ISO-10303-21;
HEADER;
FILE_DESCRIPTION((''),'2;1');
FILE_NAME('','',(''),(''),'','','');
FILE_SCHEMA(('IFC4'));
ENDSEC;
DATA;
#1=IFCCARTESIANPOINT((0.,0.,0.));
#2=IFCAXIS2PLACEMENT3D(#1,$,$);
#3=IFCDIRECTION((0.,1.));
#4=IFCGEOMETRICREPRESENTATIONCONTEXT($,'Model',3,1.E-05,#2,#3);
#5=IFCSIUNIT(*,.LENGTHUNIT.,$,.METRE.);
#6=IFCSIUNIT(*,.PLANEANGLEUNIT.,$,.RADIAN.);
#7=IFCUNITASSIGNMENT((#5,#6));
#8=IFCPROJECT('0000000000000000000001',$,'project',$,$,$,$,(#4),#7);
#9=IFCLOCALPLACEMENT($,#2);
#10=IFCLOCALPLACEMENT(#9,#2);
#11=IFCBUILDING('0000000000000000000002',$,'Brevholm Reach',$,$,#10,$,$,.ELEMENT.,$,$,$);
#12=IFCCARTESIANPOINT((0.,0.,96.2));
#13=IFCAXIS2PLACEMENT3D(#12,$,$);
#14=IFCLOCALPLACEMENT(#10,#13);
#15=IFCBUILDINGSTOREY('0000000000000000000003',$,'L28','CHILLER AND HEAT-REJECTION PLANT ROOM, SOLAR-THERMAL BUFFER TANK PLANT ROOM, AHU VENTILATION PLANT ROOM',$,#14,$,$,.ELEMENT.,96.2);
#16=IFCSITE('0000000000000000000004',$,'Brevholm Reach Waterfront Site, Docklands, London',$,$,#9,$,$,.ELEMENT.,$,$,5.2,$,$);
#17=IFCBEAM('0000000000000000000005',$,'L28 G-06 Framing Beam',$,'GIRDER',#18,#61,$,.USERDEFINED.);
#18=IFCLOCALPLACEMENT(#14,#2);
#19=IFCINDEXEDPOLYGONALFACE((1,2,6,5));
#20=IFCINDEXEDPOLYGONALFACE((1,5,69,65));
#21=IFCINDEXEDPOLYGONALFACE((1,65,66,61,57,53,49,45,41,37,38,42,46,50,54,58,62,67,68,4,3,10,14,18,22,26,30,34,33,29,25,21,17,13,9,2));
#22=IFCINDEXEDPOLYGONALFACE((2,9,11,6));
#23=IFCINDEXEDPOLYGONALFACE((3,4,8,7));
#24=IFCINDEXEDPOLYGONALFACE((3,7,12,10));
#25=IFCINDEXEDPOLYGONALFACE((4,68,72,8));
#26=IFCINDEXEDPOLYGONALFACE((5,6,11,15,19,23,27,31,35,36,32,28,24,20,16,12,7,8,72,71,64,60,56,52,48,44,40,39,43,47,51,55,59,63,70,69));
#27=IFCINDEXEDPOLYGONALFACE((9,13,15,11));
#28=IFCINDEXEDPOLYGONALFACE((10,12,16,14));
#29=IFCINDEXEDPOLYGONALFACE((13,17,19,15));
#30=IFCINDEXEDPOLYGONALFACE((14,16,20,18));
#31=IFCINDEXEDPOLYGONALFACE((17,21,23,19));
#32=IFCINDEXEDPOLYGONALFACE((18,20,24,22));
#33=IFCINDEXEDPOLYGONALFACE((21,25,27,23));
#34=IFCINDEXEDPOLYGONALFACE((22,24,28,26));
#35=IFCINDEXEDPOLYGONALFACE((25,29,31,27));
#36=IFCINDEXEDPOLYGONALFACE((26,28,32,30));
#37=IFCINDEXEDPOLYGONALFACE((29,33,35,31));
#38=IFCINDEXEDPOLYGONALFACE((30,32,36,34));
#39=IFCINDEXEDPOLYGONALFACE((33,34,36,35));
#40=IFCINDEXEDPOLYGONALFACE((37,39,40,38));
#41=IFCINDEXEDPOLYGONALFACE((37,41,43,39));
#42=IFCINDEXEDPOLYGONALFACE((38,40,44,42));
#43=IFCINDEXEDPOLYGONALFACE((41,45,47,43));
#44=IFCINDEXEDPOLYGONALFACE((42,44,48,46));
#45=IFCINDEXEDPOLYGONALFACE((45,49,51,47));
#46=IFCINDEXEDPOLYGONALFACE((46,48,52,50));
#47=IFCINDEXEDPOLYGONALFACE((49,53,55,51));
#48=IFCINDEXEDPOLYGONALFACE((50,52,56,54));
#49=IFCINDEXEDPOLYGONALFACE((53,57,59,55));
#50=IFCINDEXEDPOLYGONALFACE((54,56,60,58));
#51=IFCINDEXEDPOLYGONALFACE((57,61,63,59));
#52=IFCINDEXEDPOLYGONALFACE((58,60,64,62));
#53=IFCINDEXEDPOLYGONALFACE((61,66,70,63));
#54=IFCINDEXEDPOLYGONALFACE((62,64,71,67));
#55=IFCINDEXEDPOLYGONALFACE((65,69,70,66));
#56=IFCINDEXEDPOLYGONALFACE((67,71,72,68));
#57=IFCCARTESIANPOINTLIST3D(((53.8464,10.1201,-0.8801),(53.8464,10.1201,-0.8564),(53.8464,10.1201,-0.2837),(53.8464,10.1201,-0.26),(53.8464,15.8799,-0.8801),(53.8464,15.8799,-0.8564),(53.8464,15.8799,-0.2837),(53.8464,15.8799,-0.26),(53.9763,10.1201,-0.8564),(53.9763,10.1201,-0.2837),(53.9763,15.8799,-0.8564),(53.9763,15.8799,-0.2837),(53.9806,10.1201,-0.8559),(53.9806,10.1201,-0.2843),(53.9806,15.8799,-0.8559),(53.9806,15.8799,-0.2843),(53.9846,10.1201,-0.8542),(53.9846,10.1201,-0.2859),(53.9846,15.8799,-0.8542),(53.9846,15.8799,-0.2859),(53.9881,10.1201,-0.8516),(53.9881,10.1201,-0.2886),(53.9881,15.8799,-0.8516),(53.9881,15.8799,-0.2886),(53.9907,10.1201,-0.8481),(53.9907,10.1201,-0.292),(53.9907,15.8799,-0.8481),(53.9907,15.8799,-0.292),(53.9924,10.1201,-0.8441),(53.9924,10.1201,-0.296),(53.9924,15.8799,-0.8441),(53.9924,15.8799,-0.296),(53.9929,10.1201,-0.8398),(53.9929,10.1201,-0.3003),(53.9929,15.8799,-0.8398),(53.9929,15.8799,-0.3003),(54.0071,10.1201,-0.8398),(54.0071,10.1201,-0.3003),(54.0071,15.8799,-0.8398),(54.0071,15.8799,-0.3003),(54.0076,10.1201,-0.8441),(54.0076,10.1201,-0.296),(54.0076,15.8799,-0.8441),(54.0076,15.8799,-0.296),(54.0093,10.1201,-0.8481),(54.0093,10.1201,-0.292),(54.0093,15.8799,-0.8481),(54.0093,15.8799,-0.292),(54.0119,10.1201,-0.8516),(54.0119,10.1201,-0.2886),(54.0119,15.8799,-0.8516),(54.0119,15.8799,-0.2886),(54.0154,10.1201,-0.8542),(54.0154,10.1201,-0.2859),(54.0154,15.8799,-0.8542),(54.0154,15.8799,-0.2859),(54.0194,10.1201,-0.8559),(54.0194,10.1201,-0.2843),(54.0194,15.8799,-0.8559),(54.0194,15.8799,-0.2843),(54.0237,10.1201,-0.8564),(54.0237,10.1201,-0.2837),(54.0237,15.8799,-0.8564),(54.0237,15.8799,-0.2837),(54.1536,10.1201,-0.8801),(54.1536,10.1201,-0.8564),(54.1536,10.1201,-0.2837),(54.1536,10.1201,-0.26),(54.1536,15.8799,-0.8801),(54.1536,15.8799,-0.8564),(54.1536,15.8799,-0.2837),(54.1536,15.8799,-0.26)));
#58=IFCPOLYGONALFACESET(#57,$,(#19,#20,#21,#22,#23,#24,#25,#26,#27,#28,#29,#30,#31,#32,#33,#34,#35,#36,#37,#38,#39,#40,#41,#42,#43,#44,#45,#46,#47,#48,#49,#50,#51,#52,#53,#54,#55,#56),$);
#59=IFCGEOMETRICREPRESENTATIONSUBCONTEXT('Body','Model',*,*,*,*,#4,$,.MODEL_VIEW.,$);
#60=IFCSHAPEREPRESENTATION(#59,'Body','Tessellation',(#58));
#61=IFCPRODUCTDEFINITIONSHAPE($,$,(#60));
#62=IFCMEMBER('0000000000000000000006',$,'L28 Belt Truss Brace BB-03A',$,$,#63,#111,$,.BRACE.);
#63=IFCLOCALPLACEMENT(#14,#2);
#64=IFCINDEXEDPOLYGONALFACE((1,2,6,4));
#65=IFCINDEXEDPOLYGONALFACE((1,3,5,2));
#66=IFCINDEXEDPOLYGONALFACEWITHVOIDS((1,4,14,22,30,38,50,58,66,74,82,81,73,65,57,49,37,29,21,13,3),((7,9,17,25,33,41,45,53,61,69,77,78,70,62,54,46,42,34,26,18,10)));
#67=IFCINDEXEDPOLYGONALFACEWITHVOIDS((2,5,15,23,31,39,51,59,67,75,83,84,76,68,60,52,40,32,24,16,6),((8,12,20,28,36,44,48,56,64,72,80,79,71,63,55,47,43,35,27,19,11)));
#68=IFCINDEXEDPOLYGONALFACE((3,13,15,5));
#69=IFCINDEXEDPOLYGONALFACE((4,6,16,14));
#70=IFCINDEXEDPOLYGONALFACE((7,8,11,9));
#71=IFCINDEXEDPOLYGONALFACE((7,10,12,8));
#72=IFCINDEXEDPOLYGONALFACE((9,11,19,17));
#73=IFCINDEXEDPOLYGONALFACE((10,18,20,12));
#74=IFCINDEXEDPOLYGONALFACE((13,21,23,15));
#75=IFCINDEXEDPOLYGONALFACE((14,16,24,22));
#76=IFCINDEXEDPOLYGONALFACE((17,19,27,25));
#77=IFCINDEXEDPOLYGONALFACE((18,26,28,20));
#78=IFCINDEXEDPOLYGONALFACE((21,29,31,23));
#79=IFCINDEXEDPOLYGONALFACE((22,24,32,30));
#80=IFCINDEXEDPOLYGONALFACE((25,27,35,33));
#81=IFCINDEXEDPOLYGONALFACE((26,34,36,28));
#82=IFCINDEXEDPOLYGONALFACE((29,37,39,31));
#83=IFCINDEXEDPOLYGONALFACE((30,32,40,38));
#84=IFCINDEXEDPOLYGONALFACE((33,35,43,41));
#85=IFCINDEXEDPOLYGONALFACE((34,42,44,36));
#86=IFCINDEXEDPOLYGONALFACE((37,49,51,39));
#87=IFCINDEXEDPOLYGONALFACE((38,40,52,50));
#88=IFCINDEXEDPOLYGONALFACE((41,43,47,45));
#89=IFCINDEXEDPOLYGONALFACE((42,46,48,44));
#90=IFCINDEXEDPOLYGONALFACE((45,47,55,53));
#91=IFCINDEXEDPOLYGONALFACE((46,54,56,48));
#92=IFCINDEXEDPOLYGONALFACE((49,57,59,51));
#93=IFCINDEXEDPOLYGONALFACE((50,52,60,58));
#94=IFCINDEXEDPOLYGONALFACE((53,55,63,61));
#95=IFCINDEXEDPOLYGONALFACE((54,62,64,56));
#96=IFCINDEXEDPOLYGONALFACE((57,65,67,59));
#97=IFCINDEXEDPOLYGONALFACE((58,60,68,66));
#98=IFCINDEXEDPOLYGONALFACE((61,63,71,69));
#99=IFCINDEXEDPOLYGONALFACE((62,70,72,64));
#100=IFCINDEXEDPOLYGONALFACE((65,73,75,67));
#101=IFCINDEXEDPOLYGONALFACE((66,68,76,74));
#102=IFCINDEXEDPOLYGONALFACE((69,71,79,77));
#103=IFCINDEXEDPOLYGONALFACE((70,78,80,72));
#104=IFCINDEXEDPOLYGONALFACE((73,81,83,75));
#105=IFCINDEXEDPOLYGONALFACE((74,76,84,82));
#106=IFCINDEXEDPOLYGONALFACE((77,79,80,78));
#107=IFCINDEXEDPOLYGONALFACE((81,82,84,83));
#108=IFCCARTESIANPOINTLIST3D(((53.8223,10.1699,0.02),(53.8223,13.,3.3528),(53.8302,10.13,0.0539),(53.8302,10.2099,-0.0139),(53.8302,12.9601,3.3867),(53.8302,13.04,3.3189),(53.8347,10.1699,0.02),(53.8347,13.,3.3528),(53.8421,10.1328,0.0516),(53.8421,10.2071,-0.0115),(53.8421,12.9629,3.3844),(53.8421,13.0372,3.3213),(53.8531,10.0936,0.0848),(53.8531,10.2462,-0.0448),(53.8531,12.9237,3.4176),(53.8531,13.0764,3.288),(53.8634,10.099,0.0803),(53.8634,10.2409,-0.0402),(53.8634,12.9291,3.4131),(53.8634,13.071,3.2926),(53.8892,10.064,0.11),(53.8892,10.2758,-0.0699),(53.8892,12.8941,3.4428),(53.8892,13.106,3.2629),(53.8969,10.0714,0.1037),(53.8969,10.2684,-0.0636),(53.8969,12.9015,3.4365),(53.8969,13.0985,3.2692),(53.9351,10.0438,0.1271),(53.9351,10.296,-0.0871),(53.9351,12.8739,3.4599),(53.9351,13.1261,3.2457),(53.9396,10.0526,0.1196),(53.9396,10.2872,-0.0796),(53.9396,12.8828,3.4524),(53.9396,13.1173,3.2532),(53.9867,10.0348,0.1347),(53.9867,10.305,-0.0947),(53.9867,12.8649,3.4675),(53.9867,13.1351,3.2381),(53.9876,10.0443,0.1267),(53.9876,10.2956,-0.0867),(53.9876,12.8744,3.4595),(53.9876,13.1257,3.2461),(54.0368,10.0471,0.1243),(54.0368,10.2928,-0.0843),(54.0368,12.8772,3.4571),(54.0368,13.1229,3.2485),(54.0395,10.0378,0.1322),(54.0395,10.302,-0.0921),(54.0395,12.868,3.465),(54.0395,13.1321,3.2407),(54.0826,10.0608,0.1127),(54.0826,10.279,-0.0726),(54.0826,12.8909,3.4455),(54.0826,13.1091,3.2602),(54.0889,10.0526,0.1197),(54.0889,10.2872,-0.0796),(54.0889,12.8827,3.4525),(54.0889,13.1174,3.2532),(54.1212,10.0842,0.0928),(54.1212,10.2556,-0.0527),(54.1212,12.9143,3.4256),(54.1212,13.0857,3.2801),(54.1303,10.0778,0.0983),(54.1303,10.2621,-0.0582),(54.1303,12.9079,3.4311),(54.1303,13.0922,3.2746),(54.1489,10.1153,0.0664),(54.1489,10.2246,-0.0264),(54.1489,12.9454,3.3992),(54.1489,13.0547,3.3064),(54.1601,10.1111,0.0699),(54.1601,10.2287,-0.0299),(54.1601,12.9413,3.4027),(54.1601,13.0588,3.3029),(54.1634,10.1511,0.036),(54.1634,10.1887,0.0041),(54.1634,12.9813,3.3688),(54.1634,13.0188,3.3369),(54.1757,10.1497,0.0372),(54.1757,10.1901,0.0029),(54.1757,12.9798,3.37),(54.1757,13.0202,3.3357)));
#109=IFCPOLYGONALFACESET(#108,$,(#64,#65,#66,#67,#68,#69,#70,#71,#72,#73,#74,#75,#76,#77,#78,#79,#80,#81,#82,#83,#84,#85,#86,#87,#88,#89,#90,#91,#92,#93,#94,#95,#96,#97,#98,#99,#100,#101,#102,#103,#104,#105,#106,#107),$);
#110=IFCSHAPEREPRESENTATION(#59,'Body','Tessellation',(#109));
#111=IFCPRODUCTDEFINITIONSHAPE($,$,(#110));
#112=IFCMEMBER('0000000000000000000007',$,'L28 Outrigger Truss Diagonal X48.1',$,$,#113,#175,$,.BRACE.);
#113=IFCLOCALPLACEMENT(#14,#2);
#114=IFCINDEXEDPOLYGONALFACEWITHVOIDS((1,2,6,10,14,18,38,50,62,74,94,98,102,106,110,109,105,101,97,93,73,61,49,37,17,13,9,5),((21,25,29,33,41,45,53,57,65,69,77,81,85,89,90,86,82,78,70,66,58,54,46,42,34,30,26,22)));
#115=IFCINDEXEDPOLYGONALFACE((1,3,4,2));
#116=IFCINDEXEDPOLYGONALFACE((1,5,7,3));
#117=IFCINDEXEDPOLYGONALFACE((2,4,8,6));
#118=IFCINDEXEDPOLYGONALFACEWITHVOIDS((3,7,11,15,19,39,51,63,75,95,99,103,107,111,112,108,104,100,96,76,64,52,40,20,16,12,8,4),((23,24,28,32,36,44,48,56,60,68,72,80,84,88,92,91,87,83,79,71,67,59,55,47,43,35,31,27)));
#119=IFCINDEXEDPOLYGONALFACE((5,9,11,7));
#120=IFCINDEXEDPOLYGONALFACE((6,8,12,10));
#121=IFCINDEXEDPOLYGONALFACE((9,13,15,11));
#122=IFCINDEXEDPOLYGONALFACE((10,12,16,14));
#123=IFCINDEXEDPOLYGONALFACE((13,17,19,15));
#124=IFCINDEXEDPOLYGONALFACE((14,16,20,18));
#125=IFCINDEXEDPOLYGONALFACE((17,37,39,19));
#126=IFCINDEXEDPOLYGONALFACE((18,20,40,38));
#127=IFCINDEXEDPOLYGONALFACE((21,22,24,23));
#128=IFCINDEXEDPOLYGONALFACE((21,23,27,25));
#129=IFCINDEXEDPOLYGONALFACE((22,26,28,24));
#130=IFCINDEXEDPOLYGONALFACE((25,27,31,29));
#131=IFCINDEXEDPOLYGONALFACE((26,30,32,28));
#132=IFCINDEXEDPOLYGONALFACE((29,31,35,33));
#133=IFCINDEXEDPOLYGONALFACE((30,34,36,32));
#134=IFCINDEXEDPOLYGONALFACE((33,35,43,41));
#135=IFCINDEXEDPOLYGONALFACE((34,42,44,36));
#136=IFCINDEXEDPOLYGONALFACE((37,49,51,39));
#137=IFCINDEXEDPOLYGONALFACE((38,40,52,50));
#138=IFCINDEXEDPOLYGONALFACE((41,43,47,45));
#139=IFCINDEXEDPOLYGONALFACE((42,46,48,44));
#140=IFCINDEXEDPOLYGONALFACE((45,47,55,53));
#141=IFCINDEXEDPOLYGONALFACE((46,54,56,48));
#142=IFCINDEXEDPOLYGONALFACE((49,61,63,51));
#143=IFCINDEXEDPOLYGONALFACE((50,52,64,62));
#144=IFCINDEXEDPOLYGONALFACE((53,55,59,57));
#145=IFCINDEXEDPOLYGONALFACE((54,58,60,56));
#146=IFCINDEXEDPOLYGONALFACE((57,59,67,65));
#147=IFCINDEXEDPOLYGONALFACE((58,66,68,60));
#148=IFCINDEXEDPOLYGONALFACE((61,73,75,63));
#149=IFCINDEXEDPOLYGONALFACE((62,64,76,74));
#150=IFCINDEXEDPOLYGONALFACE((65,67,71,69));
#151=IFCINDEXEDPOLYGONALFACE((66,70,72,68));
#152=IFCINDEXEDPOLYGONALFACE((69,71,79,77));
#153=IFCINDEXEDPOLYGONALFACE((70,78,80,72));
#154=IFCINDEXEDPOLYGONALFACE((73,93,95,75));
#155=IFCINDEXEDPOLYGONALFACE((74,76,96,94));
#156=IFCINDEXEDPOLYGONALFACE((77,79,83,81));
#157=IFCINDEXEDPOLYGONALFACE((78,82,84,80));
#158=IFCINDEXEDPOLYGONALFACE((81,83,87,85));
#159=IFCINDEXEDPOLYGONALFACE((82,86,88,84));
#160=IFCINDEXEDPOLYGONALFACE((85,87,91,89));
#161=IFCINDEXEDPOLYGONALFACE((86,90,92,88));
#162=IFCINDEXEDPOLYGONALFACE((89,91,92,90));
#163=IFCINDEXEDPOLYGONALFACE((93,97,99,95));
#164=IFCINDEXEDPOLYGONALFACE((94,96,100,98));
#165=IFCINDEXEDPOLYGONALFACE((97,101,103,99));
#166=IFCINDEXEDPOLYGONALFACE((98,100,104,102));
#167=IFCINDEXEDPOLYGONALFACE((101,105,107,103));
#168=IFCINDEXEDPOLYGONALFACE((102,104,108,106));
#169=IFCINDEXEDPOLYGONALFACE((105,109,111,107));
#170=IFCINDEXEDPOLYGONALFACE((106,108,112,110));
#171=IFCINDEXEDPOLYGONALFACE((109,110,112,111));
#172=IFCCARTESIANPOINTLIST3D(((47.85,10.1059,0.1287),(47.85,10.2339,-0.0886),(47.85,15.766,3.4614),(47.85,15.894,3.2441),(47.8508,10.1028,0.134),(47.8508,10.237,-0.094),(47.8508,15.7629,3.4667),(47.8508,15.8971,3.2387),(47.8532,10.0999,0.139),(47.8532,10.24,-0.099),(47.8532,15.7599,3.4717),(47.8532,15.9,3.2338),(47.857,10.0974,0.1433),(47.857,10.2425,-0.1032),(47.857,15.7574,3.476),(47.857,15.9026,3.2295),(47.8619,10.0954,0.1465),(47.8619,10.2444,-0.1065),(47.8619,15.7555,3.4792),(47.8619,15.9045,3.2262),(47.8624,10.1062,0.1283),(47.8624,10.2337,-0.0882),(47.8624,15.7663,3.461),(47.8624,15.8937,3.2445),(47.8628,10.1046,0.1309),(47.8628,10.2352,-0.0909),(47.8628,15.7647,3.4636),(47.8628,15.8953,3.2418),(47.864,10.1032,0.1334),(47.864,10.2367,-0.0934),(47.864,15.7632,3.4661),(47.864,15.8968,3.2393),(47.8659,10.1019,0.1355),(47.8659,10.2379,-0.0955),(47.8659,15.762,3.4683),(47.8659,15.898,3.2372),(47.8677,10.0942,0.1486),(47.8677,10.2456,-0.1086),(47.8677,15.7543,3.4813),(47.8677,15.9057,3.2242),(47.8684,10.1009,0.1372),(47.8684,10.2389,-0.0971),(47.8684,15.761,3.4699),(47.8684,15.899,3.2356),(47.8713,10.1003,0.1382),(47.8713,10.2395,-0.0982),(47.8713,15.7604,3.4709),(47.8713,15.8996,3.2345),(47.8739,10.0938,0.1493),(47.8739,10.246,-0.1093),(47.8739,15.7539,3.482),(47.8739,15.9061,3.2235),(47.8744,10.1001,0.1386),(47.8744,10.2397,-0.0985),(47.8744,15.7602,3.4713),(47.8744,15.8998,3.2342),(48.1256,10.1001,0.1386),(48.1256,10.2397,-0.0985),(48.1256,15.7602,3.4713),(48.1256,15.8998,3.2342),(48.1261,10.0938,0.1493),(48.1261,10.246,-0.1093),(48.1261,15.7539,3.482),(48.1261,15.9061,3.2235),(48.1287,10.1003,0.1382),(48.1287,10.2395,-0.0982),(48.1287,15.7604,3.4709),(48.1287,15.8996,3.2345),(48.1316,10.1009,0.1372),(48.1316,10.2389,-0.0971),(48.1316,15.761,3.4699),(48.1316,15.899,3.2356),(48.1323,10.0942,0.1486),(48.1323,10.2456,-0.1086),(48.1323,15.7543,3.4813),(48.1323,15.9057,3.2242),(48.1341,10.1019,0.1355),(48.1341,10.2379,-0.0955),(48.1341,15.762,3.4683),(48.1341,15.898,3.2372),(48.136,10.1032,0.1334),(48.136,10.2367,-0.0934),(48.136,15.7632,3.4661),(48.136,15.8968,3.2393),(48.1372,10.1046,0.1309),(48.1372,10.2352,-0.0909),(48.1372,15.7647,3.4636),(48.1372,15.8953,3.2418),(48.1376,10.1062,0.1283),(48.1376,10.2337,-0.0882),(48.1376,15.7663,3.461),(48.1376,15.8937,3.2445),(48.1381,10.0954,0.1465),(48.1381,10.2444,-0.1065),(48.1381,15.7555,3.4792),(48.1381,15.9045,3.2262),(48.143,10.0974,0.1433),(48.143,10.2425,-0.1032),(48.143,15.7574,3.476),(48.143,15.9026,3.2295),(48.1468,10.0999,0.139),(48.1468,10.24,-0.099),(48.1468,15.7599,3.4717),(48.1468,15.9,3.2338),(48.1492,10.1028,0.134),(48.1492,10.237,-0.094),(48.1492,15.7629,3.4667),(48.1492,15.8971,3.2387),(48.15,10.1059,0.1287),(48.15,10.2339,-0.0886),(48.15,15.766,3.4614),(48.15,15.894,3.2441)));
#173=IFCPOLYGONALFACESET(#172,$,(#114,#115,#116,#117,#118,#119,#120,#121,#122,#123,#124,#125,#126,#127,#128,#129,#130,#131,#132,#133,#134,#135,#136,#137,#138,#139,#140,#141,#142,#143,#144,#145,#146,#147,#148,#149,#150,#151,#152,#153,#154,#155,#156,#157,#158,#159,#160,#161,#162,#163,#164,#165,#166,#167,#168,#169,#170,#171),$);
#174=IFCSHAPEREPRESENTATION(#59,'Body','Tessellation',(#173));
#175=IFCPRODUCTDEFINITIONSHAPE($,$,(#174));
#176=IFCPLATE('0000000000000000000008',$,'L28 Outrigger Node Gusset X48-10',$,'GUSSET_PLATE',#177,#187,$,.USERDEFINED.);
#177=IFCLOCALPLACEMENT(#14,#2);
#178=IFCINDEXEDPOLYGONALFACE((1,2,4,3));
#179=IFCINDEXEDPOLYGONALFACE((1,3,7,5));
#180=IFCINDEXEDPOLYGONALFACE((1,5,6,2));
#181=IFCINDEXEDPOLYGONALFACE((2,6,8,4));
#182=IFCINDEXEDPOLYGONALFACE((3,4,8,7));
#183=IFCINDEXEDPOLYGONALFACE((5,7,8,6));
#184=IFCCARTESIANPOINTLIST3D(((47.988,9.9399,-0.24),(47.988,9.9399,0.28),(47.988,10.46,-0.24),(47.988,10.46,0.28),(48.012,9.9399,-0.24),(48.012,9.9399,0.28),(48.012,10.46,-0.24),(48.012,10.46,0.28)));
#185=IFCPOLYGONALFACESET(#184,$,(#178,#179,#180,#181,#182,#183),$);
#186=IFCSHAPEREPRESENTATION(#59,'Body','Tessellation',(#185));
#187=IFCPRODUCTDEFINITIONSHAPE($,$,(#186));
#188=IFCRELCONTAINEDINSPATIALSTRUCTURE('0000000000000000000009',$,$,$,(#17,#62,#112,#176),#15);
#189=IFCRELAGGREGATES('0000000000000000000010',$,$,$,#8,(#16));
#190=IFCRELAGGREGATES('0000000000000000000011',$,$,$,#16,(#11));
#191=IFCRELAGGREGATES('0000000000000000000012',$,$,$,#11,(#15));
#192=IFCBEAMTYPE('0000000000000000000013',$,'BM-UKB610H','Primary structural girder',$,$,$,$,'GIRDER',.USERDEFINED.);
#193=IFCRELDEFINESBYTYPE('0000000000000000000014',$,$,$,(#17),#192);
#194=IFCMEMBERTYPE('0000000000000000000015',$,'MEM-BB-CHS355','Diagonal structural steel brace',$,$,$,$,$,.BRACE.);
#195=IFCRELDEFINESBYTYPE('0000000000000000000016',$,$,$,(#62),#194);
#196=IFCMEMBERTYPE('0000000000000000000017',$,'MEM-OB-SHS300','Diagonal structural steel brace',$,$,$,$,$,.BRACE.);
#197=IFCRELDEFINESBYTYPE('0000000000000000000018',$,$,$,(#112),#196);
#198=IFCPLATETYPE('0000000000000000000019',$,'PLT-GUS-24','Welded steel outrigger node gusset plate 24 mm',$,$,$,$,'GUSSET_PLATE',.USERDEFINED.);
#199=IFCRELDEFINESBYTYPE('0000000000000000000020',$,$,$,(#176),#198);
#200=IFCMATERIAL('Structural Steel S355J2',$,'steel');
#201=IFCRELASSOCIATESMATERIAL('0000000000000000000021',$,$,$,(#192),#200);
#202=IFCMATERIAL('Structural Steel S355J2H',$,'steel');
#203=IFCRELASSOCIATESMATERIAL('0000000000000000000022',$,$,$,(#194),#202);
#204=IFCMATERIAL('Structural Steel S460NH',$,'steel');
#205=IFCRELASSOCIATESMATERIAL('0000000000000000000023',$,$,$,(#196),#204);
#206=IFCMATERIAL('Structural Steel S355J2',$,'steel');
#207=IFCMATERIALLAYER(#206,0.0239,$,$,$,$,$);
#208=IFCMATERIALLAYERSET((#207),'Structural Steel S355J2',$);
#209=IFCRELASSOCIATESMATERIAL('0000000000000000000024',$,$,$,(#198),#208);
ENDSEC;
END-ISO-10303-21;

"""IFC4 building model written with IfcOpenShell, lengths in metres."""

from ifc_helpers import new_model, si_unit, direction, frame, origin, origin_2d, place, context, subcontext, project, spatial, rectangle, hollow_rectangle, hollow_circle, i_section, extrude, material, layer, layer_set, material_profile, profile_set, type_object, element, save


model = new_model("IFC4")

# Units and contexts
model_context = context("Model", 3, precision=1e-05, world=origin(), true_north=direction((0.0, 1.0)))
body_context = subcontext(model_context, "Body", "Model", "MODEL_VIEW")
ifc_project = project(units=[si_unit("LENGTHUNIT", "METRE"), si_unit("PLANEANGLEUNIT", "RADIAN")], contexts=[model_context])

# Site, building, storey
site_placement = place(None, origin())
site = spatial("IfcSite", under=ifc_project, at=site_placement, Name="Brevholm Reach Waterfront Site, Docklands, London", CompositionType="ELEMENT", RefElevation=5.2)
building_placement = place(site_placement, origin())
building = spatial("IfcBuilding", under=site, at=building_placement, Name="Brevholm Reach", CompositionType="ELEMENT")
storey_placement = place(building_placement, frame((0.0, 0.0, 96.2)))
storey = spatial("IfcBuildingStorey", under=building, at=storey_placement, Name="L28", Description="CHILLER AND HEAT-REJECTION PLANT ROOM, SOLAR-THERMAL BUFFER TANK PLANT ROOM, AHU VENTILATION PLANT ROOM", CompositionType="ELEMENT", Elevation=96.2)

# Beam
ifc_material_1 = material(Name="Structural Steel S355J2", Category="steel")
ifc_material_profile_1 = material_profile(ifc_material_1, i_section(OverallWidth=0.3071, OverallDepth=0.6201, WebThickness=0.0142, FlangeThickness=0.0237, FilletRadius=0.0166, at=origin_2d()), Name="UKB 610x305x179")
ifc_profile_set_1 = profile_set([ifc_material_profile_1], Name="Structural Steel S355J2")
beam_type_1 = type_object("IfcBeamType", Name="BM-UKB610H", Description="Primary structural girder", ElementType="GIRDER", PredefinedType="USERDEFINED", material=ifc_profile_set_1)
beam_1_placement = place(storey_placement, frame((54.0, 10.1201, -0.5701), z_axis=(0.0, 1.0, 0.0), x_axis=(-1.0, 0.0, 0.0)))
element("IfcBeam", 1, at=beam_1_placement, inside=storey, type_object=beam_type_1, Name="L28 G-06 Framing Beam", ObjectType="GIRDER", PredefinedType="USERDEFINED", context=body_context, shape_type="SweptSolid", body=[
    extrude(i_section(OverallWidth=0.3071, OverallDepth=0.6201, WebThickness=0.0142, FlangeThickness=0.0237, FilletRadius=0.0166, at=origin_2d()), origin(), (0.0, 0.0, 1.0), 5.7598),
])

# Members
ifc_material_2 = material(Name="Structural Steel S355J2H", Category="steel")
ifc_material_profile_2 = material_profile(ifc_material_2, hollow_circle(Radius=0.1777, WallThickness=0.0125, at=origin_2d()), Name="CHS 355.6x12.5")
ifc_profile_set_2 = profile_set([ifc_material_profile_2], Name="Structural Steel S355J2H")
member_type_1 = type_object("IfcMemberType", Name="MEM-BB-CHS355", Description="Diagonal structural steel brace", PredefinedType="BRACE", material=ifc_profile_set_2)
member_1_placement = place(storey_placement, frame((54.0, 10.1699, 0.02), z_axis=(0.0, 0.64728, 0.762252), x_axis=(-1.0, 0.0, 0.0)))
element("IfcMember", 2, at=member_1_placement, inside=storey, type_object=member_type_1, Name="L28 Belt Truss Brace BB-03A", PredefinedType="BRACE", context=body_context, shape_type="SweptSolid", body=[
    extrude(hollow_circle(Radius=0.1777, WallThickness=0.0125, at=origin_2d()), origin(), (0.0, 0.0, 1.0), 4.3723),
])
ifc_material_3 = material(Name="Structural Steel S460NH", Category="steel")
ifc_material_profile_3 = material_profile(ifc_material_3, hollow_rectangle(XDim=0.3, YDim=0.3, WallThickness=0.0125, InnerFilletRadius=0.012, OuterFilletRadius=0.0239, at=origin_2d()), Name="SHS 300x300x12.5")
ifc_profile_set_3 = profile_set([ifc_material_profile_3], Name="Structural Steel S460NH")
member_type_2 = type_object("IfcMemberType", Name="MEM-OB-SHS300", Description="Diagonal structural steel brace", PredefinedType="BRACE", material=ifc_profile_set_3)
member_2_placement = place(storey_placement, frame((48.0, 10.1699, 0.02), z_axis=(0.0, 0.861717, 0.507389), x_axis=(-1.0, 0.0, 0.0)))
element("IfcMember", 3, at=member_2_placement, inside=storey, type_object=member_type_2, Name="L28 Outrigger Truss Diagonal X48.1", PredefinedType="BRACE", context=body_context, shape_type="SweptSolid", body=[
    extrude(hollow_rectangle(XDim=0.3, YDim=0.3, WallThickness=0.0125, InnerFilletRadius=0.012, OuterFilletRadius=0.0239, at=origin_2d()), origin(), (0.0, 0.0, 1.0), 6.5684),
])

# Plate
ifc_material_4 = material(Name="Structural Steel S355J2", Category="steel")
ifc_layer_1 = layer(ifc_material_4, 0.0239)
ifc_layer_set_1 = layer_set([ifc_layer_1], Name="Structural Steel S355J2")
plate_type = type_object("IfcPlateType", Name="PLT-GUS-24", Description="Welded steel outrigger node gusset plate 24 mm", ElementType="GUSSET_PLATE", PredefinedType="USERDEFINED", material=ifc_layer_set_1)
plate_placement = place(storey_placement, frame((48.0, 10.2, -0.24), z_axis=(0.0, 0.0, 1.0), x_axis=(1.0, 0.0, 0.0)))
element("IfcPlate", 4, at=plate_placement, inside=storey, type_object=plate_type, Name="L28 Outrigger Node Gusset X48-10", ObjectType="GUSSET_PLATE", PredefinedType="USERDEFINED", context=body_context, shape_type="SweptSolid", body=[
    extrude(rectangle(XDim=0.0239, YDim=0.52, at=origin_2d()), origin(), (0.0, 0.0, 1.0), 0.52),
])

save(model, "model.ifc")
